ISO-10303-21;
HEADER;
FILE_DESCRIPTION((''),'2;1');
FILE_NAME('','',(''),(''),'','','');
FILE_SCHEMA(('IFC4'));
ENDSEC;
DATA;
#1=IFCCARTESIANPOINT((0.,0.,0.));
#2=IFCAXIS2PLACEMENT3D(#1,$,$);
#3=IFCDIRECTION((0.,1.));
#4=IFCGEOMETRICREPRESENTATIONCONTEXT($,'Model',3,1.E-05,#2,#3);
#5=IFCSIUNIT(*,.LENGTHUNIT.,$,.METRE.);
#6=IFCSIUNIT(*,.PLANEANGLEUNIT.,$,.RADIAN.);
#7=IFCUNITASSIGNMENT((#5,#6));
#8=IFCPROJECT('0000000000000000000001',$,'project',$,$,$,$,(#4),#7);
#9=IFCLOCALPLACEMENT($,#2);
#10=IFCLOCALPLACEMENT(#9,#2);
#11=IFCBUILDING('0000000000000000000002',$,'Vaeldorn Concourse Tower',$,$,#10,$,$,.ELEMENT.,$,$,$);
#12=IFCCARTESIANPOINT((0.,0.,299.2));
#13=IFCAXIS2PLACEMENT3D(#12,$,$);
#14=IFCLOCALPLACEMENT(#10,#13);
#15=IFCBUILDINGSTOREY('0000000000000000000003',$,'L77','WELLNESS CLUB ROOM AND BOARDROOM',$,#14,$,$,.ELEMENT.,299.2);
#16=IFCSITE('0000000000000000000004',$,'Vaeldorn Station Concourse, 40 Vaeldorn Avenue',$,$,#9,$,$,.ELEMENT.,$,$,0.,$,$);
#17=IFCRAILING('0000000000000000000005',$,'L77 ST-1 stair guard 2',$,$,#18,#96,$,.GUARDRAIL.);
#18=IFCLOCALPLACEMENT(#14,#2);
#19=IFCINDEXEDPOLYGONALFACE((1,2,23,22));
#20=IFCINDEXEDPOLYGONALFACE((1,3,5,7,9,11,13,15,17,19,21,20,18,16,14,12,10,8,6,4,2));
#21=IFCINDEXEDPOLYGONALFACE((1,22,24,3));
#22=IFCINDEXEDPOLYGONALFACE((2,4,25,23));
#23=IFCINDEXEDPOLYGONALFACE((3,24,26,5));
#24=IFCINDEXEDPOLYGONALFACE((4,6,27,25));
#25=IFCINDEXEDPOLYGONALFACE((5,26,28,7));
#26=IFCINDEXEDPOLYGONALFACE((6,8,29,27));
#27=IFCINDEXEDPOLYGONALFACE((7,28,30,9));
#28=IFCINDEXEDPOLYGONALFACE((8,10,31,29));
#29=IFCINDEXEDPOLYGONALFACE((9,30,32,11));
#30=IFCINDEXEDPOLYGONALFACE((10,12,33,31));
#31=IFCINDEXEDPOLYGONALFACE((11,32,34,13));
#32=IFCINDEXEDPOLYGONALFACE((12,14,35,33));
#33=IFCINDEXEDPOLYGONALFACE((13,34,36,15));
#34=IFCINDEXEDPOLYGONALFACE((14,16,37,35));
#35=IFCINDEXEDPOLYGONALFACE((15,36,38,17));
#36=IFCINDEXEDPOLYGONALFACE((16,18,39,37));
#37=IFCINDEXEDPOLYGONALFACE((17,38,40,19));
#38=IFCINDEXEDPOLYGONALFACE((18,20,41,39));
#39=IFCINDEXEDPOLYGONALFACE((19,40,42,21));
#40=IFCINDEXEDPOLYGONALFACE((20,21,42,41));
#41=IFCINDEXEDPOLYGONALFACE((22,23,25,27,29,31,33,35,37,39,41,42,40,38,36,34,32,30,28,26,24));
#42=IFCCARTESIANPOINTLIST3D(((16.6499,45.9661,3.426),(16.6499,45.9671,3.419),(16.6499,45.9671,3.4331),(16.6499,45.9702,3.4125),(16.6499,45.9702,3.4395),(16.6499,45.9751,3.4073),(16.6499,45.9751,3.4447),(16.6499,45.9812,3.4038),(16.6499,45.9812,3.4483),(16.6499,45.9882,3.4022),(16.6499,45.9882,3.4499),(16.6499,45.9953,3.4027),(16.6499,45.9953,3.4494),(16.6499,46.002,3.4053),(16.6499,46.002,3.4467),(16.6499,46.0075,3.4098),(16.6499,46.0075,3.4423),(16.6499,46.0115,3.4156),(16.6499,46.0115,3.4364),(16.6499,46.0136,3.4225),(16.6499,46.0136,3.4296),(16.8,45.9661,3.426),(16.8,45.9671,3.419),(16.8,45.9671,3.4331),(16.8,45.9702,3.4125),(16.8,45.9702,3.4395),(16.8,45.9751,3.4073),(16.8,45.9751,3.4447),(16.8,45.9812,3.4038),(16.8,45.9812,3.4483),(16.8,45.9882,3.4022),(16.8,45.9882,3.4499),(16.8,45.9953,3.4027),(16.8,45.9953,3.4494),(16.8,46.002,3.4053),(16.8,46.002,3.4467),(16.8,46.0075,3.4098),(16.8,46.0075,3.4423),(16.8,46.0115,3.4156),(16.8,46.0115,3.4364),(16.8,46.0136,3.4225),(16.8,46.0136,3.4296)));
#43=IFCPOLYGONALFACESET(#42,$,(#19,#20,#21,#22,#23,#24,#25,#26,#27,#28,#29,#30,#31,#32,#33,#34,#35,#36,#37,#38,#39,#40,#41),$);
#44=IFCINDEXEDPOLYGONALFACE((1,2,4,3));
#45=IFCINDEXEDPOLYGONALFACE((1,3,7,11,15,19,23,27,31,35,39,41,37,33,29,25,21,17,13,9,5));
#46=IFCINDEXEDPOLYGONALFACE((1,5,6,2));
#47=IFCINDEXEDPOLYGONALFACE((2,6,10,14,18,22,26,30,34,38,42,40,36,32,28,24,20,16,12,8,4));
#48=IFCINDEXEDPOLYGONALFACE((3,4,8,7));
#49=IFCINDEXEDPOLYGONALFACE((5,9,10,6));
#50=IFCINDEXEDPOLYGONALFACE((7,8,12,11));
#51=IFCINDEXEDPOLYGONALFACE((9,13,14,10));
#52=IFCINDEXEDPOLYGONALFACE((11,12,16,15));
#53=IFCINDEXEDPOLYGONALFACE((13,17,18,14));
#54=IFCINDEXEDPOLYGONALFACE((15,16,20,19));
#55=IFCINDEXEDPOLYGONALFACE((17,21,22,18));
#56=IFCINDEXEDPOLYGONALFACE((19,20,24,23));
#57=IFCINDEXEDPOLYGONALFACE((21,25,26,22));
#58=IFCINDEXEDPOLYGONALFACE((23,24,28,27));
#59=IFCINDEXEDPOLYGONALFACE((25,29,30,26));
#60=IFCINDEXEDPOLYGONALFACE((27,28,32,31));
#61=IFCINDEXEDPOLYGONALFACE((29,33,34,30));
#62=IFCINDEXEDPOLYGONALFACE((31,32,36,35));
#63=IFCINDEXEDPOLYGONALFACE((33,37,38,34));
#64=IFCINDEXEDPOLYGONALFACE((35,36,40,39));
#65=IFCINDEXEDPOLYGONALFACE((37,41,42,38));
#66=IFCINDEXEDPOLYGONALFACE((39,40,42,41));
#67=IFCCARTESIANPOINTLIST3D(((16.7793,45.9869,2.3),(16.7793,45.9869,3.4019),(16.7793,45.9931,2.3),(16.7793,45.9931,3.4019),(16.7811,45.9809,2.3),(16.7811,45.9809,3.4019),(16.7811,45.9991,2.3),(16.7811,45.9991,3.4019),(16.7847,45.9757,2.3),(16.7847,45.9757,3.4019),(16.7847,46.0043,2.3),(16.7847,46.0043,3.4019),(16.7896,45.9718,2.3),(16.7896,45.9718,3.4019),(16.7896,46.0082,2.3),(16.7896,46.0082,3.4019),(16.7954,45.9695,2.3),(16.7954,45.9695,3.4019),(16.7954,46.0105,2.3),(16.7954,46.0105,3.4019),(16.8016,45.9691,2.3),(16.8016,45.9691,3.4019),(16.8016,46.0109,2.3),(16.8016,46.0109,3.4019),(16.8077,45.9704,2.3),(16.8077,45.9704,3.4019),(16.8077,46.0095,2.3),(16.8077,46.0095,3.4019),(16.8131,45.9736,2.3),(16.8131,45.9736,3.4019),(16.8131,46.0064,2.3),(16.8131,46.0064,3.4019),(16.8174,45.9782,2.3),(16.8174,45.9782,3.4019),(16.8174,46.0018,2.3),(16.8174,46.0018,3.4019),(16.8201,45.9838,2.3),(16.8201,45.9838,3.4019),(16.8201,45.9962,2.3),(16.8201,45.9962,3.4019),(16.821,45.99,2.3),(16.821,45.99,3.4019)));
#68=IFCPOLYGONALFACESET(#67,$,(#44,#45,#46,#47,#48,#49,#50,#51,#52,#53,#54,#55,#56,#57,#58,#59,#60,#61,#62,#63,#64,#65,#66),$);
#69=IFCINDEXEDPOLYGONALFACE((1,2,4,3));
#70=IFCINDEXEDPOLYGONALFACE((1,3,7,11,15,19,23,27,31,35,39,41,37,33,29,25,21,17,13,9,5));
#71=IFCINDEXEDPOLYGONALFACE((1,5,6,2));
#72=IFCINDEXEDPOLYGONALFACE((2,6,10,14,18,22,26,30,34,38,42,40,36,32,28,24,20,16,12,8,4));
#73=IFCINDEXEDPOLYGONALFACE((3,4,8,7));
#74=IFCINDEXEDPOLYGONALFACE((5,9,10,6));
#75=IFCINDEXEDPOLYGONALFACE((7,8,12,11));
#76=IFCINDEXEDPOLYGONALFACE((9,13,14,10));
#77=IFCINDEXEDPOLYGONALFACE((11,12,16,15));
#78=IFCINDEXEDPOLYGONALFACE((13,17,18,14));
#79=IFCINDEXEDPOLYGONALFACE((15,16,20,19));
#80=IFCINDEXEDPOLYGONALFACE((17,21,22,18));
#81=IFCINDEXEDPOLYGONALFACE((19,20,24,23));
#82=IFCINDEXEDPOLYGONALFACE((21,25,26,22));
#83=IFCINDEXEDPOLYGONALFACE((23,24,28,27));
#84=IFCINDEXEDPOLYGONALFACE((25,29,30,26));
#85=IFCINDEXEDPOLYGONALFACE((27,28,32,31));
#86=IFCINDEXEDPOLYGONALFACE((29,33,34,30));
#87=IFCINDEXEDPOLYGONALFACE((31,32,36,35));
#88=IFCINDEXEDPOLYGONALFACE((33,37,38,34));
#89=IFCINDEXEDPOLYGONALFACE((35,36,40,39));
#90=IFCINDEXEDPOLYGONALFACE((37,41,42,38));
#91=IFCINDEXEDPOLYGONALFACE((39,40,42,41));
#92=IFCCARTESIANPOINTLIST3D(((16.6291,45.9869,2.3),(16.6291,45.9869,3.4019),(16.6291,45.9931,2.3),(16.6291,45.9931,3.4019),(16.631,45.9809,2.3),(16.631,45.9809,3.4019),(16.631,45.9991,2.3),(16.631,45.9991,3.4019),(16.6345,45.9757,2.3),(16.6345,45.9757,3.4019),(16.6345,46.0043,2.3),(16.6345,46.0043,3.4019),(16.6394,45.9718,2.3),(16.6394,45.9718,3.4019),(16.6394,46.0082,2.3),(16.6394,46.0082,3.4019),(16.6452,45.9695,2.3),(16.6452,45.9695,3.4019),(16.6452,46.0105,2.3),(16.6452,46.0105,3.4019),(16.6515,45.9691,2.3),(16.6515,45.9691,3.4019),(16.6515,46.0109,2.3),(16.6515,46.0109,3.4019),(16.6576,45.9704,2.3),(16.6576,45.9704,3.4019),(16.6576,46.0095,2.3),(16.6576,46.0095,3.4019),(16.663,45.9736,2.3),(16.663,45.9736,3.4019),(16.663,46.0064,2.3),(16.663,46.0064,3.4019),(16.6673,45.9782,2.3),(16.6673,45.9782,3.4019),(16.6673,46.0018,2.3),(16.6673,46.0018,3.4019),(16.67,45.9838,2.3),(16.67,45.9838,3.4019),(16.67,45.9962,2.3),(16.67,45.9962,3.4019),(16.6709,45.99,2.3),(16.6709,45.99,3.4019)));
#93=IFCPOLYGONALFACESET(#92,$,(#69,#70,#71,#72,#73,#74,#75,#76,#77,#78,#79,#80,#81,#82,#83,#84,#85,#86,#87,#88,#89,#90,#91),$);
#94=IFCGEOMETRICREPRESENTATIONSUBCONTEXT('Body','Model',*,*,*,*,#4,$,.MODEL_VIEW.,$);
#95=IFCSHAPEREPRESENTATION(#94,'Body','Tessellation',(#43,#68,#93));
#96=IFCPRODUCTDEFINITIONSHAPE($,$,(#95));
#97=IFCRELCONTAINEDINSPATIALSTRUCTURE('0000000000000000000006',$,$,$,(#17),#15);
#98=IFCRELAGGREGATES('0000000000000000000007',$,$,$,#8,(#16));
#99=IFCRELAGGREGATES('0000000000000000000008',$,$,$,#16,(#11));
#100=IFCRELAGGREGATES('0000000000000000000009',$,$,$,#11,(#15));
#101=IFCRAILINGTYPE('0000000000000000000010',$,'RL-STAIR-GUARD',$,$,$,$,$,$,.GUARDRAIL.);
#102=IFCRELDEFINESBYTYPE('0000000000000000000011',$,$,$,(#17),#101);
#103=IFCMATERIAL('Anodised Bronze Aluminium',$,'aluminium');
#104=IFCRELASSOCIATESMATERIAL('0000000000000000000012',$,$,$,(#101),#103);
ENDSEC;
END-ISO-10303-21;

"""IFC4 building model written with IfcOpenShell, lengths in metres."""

from ifc_helpers import new_model, si_unit, direction, frame, origin, origin_2d, place, context, subcontext, project, spatial, circle, extrude, material, type_object, element, save


model = new_model("IFC4")

# Units and contexts
model_context = context("Model", 3, precision=1e-05, world=origin(), true_north=direction((0.0, 1.0)))
body_context = subcontext(model_context, "Body", "Model", "MODEL_VIEW")
ifc_project = project(units=[si_unit("LENGTHUNIT", "METRE"), si_unit("PLANEANGLEUNIT", "RADIAN")], contexts=[model_context])

# Site, building, storey
site_placement = place(None, origin())
site = spatial("IfcSite", under=ifc_project, at=site_placement, Name="Vaeldorn Station Concourse, 40 Vaeldorn Avenue", CompositionType="ELEMENT", RefElevation=0.0)
building_placement = place(site_placement, origin())
building = spatial("IfcBuilding", under=site, at=building_placement, Name="Vaeldorn Concourse Tower", CompositionType="ELEMENT")
storey_placement = place(building_placement, frame((0.0, 0.0, 299.2)))
storey = spatial("IfcBuildingStorey", under=building, at=storey_placement, Name="L77", Description="WELLNESS CLUB ROOM AND BOARDROOM", CompositionType="ELEMENT", Elevation=299.2)

# Shared definitions
ifc_material_1 = material(Name="Anodised Bronze Aluminium", Category="aluminium")

# Railing
railing_type_1 = type_object("IfcRailingType", Name="RL-STAIR-GUARD", PredefinedType="GUARDRAIL", material=ifc_material_1)
railing_1_placement = place(storey_placement, frame((16.8, 45.99, 2.3)))
element("IfcRailing", 1, at=railing_1_placement, inside=storey, type_object=railing_type_1, Name="L77 ST-1 stair guard 2", PredefinedType="GUARDRAIL", context=body_context, shape_type="SweptSolid", body=[
    extrude(circle(Radius=0.0239, at=origin_2d()), frame((0.0, 0.0, 1.126), z_axis=(-1.0, 0.0, 0.0), x_axis=(0.0, -1.0, 0.0)), (0.0, 0.0, 1.0), 0.1501),
    extrude(circle(Radius=0.021, at=origin_2d()), origin(), (0.0, 0.0, 1.0), 1.1018),
    extrude(circle(Radius=0.021, at=origin_2d()), frame((-0.1501, 0.0, 0.0)), (0.0, 0.0, 1.0), 1.1018),
])

save(model, "model.ifc")
